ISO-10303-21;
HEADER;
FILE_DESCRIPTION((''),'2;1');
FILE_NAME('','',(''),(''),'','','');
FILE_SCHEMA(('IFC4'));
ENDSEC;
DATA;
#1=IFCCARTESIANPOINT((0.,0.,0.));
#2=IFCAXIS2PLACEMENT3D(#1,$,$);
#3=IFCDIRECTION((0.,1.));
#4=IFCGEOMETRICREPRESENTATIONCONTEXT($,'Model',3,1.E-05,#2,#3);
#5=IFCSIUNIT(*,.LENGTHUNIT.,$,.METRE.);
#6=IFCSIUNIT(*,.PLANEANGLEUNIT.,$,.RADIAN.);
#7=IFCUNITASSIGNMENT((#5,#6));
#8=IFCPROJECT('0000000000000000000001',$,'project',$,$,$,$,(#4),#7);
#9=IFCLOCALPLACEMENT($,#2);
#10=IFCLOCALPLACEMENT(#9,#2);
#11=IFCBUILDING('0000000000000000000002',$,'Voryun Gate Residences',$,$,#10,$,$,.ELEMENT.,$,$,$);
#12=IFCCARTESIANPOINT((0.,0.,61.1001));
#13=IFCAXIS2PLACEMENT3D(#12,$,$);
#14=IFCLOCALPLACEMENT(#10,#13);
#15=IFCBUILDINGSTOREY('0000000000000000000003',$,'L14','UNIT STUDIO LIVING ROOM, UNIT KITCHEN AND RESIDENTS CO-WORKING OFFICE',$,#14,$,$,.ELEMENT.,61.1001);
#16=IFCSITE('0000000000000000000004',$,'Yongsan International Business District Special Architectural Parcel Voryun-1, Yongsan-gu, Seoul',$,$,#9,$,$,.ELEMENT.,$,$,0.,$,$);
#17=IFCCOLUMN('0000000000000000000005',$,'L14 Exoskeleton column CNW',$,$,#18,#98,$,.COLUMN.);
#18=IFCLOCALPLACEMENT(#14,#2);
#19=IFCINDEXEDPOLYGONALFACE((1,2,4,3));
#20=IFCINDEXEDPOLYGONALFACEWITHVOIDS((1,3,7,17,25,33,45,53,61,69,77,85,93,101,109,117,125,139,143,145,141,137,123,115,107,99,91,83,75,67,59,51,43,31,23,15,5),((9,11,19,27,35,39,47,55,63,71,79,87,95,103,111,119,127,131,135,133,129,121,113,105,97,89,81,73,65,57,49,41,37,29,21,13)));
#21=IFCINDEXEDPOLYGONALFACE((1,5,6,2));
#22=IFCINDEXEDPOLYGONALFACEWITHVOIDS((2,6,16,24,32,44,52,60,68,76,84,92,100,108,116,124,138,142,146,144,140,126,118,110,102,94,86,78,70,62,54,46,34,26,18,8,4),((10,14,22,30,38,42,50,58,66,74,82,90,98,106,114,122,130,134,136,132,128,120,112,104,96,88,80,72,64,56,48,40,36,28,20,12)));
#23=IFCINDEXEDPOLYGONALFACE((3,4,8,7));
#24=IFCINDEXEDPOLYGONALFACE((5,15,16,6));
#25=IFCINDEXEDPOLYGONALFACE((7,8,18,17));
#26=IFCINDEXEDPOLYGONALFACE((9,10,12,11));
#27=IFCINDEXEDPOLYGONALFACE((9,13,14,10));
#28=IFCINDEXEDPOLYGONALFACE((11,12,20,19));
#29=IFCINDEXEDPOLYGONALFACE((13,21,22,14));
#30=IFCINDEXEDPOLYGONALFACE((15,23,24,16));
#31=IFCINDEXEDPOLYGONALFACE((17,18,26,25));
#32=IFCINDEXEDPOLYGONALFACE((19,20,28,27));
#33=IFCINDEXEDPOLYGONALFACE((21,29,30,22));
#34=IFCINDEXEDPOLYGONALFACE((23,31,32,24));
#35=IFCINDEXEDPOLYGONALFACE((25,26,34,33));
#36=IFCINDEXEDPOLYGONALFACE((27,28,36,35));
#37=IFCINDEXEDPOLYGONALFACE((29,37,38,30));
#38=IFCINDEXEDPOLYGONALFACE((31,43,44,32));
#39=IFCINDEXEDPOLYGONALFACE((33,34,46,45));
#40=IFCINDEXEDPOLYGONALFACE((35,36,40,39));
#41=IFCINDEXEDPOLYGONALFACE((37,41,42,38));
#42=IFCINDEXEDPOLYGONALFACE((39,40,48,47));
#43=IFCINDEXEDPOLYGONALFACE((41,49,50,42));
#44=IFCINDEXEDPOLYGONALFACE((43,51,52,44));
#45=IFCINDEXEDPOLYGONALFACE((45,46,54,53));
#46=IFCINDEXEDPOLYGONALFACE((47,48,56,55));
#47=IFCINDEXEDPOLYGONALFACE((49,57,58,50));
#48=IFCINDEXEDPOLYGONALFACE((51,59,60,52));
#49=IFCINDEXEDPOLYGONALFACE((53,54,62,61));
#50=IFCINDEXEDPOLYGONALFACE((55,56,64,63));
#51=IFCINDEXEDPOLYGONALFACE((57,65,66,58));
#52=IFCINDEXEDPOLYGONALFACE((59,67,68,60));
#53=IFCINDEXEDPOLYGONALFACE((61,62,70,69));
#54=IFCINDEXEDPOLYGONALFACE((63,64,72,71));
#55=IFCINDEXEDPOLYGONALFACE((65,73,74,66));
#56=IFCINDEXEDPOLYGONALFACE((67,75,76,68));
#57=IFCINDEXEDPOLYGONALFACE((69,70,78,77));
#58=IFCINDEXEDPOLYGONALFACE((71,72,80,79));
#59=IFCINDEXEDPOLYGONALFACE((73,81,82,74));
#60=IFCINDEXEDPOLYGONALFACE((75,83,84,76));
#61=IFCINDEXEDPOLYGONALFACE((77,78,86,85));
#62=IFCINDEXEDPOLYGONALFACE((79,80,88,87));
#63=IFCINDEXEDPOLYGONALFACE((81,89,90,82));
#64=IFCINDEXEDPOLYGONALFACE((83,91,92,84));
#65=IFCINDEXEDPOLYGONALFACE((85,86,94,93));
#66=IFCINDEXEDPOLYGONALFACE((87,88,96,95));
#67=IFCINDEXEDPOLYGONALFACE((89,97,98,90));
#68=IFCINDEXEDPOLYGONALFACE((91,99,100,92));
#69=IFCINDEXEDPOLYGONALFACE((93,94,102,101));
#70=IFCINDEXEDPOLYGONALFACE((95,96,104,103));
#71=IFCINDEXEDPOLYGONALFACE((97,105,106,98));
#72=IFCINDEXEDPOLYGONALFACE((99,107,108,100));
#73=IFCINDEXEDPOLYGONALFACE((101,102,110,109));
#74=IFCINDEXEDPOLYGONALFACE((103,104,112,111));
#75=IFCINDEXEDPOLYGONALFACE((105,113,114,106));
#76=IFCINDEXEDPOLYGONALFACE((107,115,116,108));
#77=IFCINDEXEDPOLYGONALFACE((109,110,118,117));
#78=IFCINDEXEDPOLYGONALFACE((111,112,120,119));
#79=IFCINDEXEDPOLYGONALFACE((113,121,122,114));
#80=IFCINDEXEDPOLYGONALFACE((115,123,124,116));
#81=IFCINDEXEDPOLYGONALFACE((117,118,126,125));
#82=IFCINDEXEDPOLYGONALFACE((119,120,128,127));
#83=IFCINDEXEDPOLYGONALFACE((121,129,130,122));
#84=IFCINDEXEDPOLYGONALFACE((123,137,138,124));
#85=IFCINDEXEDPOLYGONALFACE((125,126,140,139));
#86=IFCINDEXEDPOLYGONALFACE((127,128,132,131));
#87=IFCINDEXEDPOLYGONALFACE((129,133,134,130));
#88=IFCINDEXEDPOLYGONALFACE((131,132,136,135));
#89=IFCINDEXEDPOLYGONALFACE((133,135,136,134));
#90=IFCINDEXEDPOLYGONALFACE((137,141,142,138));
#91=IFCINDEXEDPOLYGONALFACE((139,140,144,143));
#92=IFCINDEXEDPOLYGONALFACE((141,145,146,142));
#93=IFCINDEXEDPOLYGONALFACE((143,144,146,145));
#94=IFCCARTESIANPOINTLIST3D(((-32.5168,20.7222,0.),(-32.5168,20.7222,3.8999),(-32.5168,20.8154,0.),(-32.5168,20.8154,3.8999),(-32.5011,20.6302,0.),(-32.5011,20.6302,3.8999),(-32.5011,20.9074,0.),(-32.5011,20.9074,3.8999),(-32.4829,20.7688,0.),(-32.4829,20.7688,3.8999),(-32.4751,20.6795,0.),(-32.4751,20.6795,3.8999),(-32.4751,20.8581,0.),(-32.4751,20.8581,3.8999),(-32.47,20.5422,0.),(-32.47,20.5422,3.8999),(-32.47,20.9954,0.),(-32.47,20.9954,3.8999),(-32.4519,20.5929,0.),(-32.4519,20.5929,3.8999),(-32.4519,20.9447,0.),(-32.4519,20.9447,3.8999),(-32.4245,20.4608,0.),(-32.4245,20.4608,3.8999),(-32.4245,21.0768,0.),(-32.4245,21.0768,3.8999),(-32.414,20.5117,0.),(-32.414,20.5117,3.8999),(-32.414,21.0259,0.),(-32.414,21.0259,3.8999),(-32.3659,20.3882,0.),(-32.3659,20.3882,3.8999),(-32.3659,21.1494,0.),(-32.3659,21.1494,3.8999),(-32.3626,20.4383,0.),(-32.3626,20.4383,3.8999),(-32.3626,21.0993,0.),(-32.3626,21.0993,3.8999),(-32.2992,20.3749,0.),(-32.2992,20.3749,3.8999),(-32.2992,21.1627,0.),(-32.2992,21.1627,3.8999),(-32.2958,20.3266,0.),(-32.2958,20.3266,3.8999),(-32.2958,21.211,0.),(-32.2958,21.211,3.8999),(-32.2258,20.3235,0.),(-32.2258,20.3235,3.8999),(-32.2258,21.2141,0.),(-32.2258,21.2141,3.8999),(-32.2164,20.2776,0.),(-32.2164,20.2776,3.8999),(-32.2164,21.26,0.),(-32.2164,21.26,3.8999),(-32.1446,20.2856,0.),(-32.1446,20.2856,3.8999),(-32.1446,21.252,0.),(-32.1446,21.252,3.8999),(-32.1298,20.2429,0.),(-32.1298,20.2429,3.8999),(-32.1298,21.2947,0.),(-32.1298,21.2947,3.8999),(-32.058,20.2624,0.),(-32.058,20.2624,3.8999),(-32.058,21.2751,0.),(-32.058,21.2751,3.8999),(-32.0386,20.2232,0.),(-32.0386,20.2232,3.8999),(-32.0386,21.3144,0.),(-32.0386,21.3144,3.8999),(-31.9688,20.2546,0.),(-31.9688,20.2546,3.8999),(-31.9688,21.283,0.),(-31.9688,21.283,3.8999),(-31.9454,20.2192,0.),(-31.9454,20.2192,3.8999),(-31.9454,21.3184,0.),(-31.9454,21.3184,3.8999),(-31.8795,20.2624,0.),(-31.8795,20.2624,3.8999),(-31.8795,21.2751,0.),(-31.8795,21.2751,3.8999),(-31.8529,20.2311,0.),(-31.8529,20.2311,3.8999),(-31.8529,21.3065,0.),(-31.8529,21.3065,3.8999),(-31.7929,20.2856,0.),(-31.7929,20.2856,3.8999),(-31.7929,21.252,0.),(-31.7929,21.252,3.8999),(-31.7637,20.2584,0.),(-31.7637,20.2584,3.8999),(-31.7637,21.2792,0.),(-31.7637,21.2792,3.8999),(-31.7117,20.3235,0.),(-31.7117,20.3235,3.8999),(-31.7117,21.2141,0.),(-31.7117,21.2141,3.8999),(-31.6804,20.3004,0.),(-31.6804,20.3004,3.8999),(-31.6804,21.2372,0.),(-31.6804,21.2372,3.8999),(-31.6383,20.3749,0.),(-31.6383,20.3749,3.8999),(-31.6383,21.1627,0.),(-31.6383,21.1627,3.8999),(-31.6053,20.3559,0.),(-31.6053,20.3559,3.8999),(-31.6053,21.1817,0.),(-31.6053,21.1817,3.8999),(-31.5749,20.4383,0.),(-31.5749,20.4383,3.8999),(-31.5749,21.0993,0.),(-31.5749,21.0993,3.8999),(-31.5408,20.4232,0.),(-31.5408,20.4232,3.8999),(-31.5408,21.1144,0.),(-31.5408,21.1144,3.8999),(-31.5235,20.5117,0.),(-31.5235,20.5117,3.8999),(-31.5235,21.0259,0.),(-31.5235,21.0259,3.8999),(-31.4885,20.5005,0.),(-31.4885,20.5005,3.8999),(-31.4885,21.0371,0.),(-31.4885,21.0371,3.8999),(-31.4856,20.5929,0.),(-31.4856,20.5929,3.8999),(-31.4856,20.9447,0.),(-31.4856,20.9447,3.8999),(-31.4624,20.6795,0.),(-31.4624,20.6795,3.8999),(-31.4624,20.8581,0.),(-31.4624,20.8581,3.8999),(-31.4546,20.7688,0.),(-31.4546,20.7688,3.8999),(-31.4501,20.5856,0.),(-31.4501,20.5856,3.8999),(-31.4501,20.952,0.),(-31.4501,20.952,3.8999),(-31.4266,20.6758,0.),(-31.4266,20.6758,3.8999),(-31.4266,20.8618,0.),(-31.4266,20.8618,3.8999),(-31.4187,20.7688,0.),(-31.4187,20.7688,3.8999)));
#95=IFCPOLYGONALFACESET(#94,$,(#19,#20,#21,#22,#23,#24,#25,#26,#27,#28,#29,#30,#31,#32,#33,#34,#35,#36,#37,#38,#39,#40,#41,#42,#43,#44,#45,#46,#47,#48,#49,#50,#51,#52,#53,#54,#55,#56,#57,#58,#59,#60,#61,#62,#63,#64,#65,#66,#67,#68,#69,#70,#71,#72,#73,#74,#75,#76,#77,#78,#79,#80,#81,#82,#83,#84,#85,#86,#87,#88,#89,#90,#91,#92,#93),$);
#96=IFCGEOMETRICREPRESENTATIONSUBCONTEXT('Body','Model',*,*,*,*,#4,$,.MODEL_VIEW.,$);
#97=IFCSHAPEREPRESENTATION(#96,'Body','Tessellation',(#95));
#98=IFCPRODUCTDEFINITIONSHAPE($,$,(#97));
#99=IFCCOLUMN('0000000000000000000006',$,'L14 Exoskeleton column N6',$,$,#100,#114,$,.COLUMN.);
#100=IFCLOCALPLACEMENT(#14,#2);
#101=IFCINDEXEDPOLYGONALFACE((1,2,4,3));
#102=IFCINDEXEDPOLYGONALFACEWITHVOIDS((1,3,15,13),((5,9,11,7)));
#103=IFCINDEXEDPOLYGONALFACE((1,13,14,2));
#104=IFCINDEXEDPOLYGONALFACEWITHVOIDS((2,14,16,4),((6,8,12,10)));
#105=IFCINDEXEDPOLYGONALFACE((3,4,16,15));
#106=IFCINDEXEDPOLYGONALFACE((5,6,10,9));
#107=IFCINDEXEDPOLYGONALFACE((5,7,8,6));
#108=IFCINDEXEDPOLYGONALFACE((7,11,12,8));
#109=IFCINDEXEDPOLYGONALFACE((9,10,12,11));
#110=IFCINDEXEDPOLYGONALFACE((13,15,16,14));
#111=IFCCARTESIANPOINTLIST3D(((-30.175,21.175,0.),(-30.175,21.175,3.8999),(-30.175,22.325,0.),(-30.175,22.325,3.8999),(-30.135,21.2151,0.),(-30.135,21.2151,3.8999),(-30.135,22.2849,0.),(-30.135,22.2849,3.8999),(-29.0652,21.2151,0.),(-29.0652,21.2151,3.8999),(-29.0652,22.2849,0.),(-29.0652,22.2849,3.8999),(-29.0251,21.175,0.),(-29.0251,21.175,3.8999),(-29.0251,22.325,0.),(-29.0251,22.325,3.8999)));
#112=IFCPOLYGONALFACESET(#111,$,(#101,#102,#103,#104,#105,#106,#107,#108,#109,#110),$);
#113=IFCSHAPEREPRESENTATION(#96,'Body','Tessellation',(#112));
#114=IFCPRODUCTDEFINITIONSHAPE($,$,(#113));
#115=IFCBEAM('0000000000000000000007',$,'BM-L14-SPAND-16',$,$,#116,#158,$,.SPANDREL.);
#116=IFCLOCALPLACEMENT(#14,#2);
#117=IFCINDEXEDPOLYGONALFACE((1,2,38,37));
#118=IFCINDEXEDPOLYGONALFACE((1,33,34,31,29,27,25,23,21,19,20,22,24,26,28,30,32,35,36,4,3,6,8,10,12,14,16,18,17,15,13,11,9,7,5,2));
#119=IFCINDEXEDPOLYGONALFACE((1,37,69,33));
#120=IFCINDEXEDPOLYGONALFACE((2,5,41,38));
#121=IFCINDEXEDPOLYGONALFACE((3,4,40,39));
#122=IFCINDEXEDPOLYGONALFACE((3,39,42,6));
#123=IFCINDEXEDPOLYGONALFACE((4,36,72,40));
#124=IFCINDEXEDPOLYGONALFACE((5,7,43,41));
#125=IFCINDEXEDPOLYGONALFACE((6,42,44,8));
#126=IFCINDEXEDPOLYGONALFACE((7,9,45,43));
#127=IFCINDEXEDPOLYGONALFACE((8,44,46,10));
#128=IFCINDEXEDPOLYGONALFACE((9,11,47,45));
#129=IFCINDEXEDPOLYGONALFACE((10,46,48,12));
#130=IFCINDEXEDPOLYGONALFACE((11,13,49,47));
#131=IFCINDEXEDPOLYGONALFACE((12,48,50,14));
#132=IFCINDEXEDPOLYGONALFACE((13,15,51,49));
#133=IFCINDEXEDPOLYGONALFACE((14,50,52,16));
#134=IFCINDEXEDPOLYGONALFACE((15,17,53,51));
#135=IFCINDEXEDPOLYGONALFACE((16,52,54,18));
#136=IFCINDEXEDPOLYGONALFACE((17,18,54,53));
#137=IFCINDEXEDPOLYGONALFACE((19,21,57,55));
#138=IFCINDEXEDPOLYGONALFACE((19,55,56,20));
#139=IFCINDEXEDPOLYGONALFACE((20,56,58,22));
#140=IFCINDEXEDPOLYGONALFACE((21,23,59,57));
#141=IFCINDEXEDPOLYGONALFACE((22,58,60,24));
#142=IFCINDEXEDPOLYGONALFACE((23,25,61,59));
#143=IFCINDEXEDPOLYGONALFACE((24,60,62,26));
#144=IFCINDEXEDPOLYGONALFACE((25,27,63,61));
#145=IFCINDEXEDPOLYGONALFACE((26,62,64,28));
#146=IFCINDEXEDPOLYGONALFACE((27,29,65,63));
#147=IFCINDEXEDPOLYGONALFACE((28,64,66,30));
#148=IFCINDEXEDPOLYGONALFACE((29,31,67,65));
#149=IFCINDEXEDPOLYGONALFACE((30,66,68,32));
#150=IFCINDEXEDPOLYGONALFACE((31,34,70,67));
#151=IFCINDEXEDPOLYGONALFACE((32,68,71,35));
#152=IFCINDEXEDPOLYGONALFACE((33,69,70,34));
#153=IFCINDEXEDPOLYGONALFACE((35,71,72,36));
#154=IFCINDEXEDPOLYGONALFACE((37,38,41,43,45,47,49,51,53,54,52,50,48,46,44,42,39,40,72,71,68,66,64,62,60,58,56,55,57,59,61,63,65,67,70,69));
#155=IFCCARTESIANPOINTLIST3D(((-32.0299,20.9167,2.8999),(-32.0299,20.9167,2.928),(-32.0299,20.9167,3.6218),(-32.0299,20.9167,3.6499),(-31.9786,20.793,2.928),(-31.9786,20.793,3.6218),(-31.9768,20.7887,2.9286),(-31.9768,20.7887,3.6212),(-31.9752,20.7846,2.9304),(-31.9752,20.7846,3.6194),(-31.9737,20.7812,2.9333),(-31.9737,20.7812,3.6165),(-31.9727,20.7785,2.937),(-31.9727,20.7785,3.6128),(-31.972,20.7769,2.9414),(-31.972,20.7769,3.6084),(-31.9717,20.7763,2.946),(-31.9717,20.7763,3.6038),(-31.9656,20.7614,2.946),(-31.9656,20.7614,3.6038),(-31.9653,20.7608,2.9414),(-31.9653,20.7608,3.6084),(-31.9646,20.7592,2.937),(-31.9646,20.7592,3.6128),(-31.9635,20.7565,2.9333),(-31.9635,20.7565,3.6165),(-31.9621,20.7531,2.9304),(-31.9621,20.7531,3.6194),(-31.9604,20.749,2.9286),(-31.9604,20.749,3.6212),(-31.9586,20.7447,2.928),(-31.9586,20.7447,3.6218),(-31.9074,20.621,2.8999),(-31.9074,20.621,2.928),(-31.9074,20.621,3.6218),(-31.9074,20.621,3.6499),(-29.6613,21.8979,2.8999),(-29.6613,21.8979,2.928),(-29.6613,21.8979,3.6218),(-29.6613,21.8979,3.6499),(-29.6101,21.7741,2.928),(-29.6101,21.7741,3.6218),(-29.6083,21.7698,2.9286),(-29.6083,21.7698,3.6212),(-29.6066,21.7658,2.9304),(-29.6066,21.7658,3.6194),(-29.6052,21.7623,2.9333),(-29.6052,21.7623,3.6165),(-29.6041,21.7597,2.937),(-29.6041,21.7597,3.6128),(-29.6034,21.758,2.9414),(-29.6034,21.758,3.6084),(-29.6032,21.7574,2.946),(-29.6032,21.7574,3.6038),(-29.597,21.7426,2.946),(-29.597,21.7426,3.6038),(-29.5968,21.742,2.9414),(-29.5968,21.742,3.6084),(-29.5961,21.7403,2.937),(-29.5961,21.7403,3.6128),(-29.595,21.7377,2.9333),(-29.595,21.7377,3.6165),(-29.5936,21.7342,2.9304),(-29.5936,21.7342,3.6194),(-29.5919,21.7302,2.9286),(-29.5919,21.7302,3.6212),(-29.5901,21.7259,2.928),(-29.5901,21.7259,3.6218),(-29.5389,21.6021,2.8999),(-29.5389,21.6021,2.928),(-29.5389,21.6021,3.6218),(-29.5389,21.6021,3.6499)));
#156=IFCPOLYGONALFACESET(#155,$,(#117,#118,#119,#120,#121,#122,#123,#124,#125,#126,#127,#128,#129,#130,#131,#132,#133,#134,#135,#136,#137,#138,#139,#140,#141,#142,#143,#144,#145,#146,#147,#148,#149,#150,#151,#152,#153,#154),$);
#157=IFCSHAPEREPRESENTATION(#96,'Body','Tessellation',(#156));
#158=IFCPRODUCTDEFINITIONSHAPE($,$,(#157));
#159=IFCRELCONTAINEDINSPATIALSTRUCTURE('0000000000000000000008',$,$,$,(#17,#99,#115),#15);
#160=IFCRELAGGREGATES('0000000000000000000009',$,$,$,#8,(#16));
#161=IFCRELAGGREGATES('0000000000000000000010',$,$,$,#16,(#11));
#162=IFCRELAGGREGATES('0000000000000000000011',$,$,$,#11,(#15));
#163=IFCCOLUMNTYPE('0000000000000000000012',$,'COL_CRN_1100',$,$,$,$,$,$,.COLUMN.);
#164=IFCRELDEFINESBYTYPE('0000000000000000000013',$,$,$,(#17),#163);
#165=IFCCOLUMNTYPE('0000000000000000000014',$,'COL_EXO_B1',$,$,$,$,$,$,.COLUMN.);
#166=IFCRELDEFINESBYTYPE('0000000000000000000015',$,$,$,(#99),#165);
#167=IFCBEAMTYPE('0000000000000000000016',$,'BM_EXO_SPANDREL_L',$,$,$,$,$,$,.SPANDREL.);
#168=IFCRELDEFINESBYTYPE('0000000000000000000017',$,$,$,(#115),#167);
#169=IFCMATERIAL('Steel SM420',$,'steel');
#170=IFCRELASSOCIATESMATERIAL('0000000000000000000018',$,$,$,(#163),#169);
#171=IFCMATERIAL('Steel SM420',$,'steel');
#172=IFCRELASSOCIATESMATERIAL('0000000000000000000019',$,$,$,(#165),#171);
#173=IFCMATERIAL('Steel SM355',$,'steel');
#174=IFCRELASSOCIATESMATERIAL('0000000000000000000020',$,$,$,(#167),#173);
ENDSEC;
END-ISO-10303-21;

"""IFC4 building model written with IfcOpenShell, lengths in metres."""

from ifc_helpers import new_model, si_unit, direction, frame, origin, origin_2d, place, context, subcontext, project, spatial, hollow_rectangle, hollow_circle, i_section, extrude, material, material_profile, profile_set, type_object, element, save


model = new_model("IFC4")

# Units and contexts
model_context = context("Model", 3, precision=1e-05, world=origin(), true_north=direction((0.0, 1.0)))
body_context = subcontext(model_context, "Body", "Model", "MODEL_VIEW")
ifc_project = project(units=[si_unit("LENGTHUNIT", "METRE"), si_unit("PLANEANGLEUNIT", "RADIAN")], contexts=[model_context])

# Site, building, storey
site_placement = place(None, origin())
site = spatial("IfcSite", under=ifc_project, at=site_placement, Name="Yongsan International Business District Special Architectural Parcel Voryun-1, Yongsan-gu, Seoul", CompositionType="ELEMENT", RefElevation=0.0)
building_placement = place(site_placement, origin())
building = spatial("IfcBuilding", under=site, at=building_placement, Name="Voryun Gate Residences", CompositionType="ELEMENT")
storey_placement = place(building_placement, frame((0.0, 0.0, 61.1001)))
storey = spatial("IfcBuildingStorey", under=building, at=storey_placement, Name="L14", Description="UNIT STUDIO LIVING ROOM, UNIT KITCHEN AND RESIDENTS CO-WORKING OFFICE", CompositionType="ELEMENT", Elevation=61.1001)

# Columns
ifc_material_1 = material(Name="Steel SM420", Category="steel")
ifc_material_profile_1 = material_profile(ifc_material_1, hollow_circle(Radius=0.55, WallThickness=0.0359, at=origin_2d()), Name="CHS-1100x36")
ifc_profile_set_1 = profile_set([ifc_material_profile_1], Name="Steel SM420")
column_type_1 = type_object("IfcColumnType", Name="COL_CRN_1100", PredefinedType="COLUMN", material=ifc_profile_set_1)
column_1_placement = place(storey_placement, frame((-31.9688, 20.7688, 0.0), z_axis=(0.0, 0.0, 1.0), x_axis=(1.0, 0.0, 0.0)))
element("IfcColumn", 1, at=column_1_placement, inside=storey, type_object=column_type_1, Name="L14 Exoskeleton column CNW", PredefinedType="COLUMN", context=body_context, shape_type="SweptSolid", body=[
    extrude(hollow_circle(Radius=0.55, WallThickness=0.0359, at=origin_2d()), origin(), (0.0, 0.0, 1.0), 3.8999),
])
ifc_material_2 = material(Name="Steel SM420", Category="steel")
ifc_material_profile_2 = material_profile(ifc_material_2, hollow_rectangle(XDim=1.1499, YDim=1.1499, WallThickness=0.04, at=origin_2d()), Name="BOX-1150x1150x40")
ifc_profile_set_2 = profile_set([ifc_material_profile_2], Name="Steel SM420")
column_type_2 = type_object("IfcColumnType", Name="COL_EXO_B1", PredefinedType="COLUMN", material=ifc_profile_set_2)
column_2_placement = place(storey_placement, frame((-29.6001, 21.75, 0.0), z_axis=(0.0, 0.0, 1.0), x_axis=(1.0, 0.0, 0.0)))
element("IfcColumn", 2, at=column_2_placement, inside=storey, type_object=column_type_2, Name="L14 Exoskeleton column N6", PredefinedType="COLUMN", context=body_context, shape_type="SweptSolid", body=[
    extrude(hollow_rectangle(XDim=1.1499, YDim=1.1499, WallThickness=0.04, at=origin_2d()), origin(), (0.0, 0.0, 1.0), 3.8999),
])

# Beam
ifc_material_3 = material(Name="Steel SM355", Category="steel")
ifc_material_profile_3 = material_profile(ifc_material_3, i_section(OverallWidth=0.3201, OverallDepth=0.75, WebThickness=0.0161, FlangeThickness=0.0281, FilletRadius=0.0181, at=origin_2d()), Name="H-750x320x16x28")
ifc_profile_set_3 = profile_set([ifc_material_profile_3], Name="Steel SM355")
beam_type = type_object("IfcBeamType", Name="BM_EXO_SPANDREL_L", PredefinedType="SPANDREL", material=ifc_profile_set_3)
beam_1_placement = place(storey_placement, frame((-29.6001, 21.75, 3.2749), z_axis=(-0.923869, -0.382708, 0.0), x_axis=(0.382708, -0.923869, 0.0)))
element("IfcBeam", 3, at=beam_1_placement, inside=storey, type_object=beam_type, Name="BM-L14-SPAND-16", PredefinedType="SPANDREL", context=body_context, shape_type="SweptSolid", body=[
    extrude(i_section(OverallWidth=0.3201, OverallDepth=0.75, WebThickness=0.0161, FlangeThickness=0.0281, FilletRadius=0.0181, at=origin_2d()), origin(), (0.0, 0.0, 1.0), 2.5637),
])

save(model, "model.ifc")
